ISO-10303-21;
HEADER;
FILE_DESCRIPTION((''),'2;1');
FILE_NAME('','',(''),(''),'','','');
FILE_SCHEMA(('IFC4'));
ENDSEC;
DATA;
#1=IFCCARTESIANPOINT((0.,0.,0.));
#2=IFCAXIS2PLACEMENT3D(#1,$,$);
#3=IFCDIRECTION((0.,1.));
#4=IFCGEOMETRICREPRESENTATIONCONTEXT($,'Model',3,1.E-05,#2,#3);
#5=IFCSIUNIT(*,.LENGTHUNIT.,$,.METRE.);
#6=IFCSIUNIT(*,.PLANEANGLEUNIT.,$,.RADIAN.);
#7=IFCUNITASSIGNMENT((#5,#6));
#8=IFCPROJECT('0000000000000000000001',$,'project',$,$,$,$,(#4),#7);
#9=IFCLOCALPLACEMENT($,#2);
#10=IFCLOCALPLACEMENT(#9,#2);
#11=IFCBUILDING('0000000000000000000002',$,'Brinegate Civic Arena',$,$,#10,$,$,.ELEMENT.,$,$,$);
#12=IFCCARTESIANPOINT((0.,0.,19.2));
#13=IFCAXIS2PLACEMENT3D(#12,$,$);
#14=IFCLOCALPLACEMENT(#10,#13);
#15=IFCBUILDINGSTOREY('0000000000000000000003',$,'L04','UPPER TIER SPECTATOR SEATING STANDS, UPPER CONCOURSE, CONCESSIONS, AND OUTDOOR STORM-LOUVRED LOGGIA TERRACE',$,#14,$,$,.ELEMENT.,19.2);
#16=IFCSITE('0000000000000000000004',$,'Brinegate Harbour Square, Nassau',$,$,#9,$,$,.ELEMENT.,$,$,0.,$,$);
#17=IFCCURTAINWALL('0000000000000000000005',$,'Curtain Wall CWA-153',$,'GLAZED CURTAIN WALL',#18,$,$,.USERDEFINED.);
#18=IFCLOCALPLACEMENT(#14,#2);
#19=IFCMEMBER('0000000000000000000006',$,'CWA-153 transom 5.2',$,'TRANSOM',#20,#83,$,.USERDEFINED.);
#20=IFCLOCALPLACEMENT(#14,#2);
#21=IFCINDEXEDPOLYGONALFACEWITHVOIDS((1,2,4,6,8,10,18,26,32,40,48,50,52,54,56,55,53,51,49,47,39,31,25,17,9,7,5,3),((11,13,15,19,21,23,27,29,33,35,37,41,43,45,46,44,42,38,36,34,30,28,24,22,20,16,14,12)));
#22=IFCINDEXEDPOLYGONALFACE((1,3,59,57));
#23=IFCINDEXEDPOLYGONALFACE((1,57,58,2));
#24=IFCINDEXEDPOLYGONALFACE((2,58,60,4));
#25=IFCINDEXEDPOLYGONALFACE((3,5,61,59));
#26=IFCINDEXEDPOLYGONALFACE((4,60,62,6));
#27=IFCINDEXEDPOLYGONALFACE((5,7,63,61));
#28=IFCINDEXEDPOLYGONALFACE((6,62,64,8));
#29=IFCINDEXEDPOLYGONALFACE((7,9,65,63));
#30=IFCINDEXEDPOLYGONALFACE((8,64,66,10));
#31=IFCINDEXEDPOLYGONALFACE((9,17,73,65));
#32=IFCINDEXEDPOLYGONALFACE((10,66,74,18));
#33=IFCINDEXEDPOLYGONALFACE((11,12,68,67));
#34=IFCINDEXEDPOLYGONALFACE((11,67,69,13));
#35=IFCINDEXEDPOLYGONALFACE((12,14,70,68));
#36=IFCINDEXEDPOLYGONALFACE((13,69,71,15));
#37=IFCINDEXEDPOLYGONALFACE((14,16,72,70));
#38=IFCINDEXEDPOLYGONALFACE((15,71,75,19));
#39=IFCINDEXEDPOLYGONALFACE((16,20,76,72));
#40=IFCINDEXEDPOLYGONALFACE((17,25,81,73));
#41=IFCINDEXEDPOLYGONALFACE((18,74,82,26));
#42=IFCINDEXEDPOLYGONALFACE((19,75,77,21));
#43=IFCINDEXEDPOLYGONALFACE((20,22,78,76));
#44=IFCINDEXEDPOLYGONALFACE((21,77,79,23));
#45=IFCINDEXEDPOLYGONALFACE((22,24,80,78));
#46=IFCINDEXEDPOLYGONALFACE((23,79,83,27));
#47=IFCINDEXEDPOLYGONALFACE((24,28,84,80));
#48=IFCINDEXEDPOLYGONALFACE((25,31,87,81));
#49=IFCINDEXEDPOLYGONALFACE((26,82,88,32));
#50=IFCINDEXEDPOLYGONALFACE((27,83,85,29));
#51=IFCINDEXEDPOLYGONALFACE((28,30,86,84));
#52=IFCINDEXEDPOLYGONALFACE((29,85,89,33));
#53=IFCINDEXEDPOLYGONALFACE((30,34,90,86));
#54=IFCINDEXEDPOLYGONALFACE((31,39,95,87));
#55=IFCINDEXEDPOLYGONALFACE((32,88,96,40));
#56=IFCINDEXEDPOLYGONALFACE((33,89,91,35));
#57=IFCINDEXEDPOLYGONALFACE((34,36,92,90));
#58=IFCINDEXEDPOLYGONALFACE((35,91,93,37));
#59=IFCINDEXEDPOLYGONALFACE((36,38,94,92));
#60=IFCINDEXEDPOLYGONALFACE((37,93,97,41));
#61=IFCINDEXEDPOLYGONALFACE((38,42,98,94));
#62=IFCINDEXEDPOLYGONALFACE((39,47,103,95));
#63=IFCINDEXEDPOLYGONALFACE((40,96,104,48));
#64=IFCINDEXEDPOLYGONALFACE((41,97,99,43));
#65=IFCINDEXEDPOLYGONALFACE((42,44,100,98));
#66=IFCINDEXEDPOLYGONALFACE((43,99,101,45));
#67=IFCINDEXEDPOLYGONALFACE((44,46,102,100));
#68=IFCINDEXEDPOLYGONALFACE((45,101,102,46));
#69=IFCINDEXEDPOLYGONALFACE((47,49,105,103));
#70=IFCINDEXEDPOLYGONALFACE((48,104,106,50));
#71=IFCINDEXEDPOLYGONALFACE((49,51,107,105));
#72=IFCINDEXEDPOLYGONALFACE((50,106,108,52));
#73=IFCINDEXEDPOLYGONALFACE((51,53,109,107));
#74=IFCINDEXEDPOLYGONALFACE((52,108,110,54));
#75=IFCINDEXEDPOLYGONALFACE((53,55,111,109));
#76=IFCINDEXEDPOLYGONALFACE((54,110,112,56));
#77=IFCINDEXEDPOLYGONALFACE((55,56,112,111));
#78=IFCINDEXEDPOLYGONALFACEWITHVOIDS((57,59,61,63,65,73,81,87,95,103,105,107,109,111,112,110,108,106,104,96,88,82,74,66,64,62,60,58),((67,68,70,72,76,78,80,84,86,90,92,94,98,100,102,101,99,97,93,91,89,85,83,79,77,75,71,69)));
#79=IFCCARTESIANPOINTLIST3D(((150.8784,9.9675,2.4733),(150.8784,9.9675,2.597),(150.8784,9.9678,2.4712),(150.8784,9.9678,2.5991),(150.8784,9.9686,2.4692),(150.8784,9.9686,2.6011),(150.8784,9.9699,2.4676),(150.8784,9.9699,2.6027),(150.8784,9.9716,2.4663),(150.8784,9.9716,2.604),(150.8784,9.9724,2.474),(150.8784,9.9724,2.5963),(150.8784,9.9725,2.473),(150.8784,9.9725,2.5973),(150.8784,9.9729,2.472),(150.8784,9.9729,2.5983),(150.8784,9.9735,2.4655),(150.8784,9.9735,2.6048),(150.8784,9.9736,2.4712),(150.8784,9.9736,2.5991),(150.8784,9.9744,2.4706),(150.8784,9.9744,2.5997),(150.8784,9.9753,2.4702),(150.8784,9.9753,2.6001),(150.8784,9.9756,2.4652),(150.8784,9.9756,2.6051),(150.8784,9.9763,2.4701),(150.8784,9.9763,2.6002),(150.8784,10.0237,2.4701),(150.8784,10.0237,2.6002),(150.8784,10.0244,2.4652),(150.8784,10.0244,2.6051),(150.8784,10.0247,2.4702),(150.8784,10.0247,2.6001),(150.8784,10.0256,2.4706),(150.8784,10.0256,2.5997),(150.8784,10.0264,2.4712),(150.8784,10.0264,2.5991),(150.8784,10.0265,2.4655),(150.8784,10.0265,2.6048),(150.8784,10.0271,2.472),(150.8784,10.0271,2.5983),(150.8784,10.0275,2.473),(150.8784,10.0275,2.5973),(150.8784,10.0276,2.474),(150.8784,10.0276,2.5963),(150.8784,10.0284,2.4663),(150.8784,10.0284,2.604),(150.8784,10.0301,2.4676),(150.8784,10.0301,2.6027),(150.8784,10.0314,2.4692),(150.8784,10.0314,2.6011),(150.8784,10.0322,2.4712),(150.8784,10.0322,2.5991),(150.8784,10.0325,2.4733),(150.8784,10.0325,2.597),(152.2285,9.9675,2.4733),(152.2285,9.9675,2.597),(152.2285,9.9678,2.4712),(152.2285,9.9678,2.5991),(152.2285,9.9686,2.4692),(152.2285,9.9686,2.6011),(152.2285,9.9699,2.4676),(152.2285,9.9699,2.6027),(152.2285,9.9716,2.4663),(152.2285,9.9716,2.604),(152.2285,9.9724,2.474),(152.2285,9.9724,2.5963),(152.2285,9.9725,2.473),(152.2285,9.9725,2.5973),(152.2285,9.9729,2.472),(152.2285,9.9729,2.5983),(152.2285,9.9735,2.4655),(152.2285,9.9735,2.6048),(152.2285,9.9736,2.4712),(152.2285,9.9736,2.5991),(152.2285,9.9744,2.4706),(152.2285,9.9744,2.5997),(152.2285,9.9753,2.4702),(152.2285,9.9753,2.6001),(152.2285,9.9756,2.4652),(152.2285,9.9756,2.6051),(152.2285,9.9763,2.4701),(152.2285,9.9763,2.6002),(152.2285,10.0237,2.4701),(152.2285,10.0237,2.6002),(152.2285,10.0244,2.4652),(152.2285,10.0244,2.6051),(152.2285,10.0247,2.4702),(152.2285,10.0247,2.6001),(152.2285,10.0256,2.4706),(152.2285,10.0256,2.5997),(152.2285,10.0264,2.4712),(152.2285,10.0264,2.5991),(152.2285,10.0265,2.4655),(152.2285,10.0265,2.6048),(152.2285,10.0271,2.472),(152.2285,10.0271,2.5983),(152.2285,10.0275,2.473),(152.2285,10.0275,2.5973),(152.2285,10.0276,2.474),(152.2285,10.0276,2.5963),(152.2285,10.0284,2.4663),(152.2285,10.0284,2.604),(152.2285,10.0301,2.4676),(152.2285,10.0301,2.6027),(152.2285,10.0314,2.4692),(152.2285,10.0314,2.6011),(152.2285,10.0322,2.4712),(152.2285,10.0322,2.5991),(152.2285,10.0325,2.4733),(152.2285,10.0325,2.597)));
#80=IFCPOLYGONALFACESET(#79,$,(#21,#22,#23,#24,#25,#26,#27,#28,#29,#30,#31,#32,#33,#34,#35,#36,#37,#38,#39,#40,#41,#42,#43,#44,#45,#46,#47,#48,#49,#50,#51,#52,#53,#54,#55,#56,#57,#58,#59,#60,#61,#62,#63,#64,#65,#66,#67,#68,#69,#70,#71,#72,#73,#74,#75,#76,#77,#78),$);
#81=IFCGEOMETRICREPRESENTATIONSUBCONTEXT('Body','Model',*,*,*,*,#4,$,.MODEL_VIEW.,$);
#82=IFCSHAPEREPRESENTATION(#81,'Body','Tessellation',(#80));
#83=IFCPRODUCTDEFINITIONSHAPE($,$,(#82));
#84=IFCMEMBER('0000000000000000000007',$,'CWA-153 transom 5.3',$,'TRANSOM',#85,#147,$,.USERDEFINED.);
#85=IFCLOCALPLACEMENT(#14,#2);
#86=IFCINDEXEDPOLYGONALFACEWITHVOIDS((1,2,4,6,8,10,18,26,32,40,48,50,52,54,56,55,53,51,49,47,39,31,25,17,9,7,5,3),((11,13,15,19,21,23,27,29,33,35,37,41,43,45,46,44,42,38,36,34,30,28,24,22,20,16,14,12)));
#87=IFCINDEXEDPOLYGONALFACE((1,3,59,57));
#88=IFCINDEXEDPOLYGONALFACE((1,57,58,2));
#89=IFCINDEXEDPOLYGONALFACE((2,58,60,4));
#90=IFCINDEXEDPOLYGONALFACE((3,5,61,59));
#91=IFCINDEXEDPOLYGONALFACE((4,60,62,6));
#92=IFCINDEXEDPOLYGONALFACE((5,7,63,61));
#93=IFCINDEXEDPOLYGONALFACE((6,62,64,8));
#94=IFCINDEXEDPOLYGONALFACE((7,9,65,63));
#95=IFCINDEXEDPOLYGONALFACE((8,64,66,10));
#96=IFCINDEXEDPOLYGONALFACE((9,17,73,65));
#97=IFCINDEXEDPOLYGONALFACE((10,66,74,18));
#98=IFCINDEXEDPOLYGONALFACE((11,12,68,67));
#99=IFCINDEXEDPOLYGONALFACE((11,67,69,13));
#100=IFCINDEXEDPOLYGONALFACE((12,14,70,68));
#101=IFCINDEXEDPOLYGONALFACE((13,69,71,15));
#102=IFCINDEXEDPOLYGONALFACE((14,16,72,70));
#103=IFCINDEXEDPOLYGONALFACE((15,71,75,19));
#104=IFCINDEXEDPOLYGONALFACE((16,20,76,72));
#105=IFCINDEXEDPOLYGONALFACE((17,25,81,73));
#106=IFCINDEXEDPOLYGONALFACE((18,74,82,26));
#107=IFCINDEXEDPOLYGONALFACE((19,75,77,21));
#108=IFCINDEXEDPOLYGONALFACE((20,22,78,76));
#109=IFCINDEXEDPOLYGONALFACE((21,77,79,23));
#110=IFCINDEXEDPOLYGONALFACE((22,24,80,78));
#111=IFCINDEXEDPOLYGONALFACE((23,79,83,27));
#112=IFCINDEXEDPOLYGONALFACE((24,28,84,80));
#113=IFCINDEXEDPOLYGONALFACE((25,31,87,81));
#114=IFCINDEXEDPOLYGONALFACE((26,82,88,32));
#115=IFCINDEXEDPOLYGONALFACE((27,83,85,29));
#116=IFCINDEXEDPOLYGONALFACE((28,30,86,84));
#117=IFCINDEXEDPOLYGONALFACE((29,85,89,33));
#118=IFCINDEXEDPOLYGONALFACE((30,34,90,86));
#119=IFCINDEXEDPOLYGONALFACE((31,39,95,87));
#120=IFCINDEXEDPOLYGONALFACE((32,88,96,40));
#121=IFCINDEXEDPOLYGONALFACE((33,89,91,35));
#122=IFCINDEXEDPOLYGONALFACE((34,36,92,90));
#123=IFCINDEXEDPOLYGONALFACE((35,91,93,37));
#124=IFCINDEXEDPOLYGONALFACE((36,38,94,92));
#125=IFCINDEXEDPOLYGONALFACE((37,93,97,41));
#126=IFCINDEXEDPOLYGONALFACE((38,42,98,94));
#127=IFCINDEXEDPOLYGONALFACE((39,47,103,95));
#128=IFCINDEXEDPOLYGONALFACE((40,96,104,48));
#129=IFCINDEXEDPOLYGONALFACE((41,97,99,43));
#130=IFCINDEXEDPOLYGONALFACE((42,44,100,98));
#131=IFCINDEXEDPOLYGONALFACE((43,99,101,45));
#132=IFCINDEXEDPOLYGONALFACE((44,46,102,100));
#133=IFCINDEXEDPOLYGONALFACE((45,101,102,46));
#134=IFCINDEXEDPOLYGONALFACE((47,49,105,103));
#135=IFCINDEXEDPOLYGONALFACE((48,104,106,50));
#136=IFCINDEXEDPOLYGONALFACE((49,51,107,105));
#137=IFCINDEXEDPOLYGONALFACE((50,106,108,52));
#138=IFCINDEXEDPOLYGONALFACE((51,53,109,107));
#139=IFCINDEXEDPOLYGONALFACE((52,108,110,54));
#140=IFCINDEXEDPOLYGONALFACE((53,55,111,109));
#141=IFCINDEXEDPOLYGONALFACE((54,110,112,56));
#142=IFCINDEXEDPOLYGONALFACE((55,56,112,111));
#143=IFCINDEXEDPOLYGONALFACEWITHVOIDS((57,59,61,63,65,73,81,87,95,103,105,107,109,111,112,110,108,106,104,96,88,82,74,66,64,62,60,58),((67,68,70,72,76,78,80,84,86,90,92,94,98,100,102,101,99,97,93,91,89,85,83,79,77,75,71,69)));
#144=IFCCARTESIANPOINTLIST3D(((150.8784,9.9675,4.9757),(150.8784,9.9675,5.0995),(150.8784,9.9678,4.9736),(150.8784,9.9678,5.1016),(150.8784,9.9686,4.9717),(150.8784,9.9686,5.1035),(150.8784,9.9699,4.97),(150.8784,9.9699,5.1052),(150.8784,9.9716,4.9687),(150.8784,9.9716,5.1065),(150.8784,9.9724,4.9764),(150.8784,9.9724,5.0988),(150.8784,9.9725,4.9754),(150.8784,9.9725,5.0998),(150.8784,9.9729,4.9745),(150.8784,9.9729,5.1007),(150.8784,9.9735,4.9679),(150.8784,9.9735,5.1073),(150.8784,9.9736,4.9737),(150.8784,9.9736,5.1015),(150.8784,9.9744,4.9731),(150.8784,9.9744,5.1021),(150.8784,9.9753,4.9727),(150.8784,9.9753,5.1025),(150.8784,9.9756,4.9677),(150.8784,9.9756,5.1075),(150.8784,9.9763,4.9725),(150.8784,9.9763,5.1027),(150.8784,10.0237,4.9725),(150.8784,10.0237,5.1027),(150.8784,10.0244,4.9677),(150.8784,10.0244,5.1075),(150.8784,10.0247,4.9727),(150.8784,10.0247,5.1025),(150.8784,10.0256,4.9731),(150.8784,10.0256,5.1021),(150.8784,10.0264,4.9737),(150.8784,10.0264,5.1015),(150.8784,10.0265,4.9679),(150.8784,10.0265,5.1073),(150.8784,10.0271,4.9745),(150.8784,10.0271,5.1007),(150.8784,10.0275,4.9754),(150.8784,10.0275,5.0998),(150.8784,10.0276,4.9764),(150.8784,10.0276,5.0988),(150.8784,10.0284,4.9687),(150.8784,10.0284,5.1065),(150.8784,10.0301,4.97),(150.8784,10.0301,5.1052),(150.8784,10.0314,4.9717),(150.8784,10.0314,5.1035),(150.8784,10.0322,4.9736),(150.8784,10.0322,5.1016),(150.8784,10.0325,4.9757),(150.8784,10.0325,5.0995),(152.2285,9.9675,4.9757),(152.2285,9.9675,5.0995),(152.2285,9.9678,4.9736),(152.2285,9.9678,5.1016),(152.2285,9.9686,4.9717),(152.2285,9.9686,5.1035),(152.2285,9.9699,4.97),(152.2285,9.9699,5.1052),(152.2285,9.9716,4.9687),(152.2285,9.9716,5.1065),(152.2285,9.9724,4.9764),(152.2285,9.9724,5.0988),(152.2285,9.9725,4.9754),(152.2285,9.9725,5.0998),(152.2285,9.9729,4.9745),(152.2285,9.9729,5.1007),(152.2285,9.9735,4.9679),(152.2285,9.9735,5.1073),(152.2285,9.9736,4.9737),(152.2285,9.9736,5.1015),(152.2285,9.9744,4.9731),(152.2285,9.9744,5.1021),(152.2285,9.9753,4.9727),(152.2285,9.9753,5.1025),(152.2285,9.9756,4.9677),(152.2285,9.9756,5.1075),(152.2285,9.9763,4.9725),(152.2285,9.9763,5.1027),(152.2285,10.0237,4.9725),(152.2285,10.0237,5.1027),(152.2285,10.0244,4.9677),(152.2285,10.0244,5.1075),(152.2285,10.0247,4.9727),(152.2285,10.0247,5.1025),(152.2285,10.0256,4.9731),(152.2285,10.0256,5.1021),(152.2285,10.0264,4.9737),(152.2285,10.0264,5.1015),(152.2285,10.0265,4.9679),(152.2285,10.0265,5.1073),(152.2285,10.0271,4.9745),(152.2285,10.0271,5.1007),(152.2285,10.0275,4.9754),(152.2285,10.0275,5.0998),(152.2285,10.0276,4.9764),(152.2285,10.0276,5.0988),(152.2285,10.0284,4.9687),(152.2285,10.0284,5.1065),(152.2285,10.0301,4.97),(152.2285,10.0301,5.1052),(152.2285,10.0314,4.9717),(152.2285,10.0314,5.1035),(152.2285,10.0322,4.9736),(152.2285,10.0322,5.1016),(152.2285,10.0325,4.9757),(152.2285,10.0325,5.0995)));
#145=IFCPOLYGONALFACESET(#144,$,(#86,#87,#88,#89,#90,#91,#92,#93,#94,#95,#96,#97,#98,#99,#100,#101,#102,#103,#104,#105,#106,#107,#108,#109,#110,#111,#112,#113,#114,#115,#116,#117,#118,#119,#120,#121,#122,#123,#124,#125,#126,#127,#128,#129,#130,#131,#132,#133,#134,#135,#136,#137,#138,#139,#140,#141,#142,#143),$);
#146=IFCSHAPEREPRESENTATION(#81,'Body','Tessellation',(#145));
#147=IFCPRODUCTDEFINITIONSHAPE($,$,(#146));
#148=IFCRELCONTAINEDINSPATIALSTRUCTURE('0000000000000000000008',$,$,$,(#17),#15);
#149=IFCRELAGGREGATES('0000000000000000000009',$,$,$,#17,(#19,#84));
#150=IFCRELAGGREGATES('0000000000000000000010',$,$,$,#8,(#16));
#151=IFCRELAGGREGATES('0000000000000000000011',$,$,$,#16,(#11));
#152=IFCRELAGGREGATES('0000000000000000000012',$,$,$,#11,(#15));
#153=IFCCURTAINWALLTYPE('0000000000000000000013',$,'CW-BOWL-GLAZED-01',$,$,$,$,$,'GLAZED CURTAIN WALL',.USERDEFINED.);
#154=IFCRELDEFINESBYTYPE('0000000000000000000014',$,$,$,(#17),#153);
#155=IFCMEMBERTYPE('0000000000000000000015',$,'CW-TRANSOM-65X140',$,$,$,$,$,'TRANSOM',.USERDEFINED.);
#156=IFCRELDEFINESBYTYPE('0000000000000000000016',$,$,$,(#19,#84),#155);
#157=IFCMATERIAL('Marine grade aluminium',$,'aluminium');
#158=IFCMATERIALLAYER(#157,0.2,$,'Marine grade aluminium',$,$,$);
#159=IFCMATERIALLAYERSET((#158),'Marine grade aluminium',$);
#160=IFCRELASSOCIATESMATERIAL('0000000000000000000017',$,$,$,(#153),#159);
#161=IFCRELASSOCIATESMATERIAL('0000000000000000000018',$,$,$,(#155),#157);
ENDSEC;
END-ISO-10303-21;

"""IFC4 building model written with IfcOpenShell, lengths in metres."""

from ifc_helpers import new_model, si_unit, direction, frame, origin, origin_2d, place, context, subcontext, project, spatial, hollow_rectangle, extrude, material, layer, layer_set, material_profile, profile_set, type_object, element, aggregate, save


model = new_model("IFC4")

# Units and contexts
model_context = context("Model", 3, precision=1e-05, world=origin(), true_north=direction((0.0, 1.0)))
body_context = subcontext(model_context, "Body", "Model", "MODEL_VIEW")
ifc_project = project(units=[si_unit("LENGTHUNIT", "METRE"), si_unit("PLANEANGLEUNIT", "RADIAN")], contexts=[model_context])

# Site, building, storey
site_placement = place(None, origin())
site = spatial("IfcSite", under=ifc_project, at=site_placement, Name="Brinegate Harbour Square, Nassau", CompositionType="ELEMENT", RefElevation=0.0)
building_placement = place(site_placement, origin())
building = spatial("IfcBuilding", under=site, at=building_placement, Name="Brinegate Civic Arena", CompositionType="ELEMENT")
storey_placement = place(building_placement, frame((0.0, 0.0, 19.2)))
storey = spatial("IfcBuildingStorey", under=building, at=storey_placement, Name="L04", Description="UPPER TIER SPECTATOR SEATING STANDS, UPPER CONCOURSE, CONCESSIONS, AND OUTDOOR STORM-LOUVRED LOGGIA TERRACE", CompositionType="ELEMENT", Elevation=19.2)

# Curtain wall, members
ifc_material_1 = material(Name="Marine grade aluminium", Category="aluminium")
ifc_layer_1 = layer(ifc_material_1, 0.2, Name="Marine grade aluminium")
ifc_layer_set_1 = layer_set([ifc_layer_1], Name="Marine grade aluminium")
curtain_wall_type = type_object("IfcCurtainWallType", Name="CW-BOWL-GLAZED-01", ElementType="GLAZED CURTAIN WALL", PredefinedType="USERDEFINED", material=ifc_layer_set_1)
curtain_wall_placement = place(storey_placement, origin())
curtain_wall = element("IfcCurtainWall", 1, at=curtain_wall_placement, inside=storey, type_object=curtain_wall_type, Name="Curtain Wall CWA-153", ObjectType="GLAZED CURTAIN WALL", PredefinedType="USERDEFINED")
ifc_material_profile_1 = material_profile(ifc_material_1, hollow_rectangle(XDim=0.0649, YDim=0.1399, WallThickness=0.0049, InnerFilletRadius=0.0039, OuterFilletRadius=0.0081, at=origin_2d()), Name="TRN65X140")
ifc_profile_set_1 = profile_set([ifc_material_profile_1], Name="Marine grade aluminium")
member_type_1 = type_object("IfcMemberType", Name="CW-TRANSOM-65X140", ElementType="TRANSOM", PredefinedType="USERDEFINED", material=ifc_profile_set_1)
member_1_placement = place(storey_placement, frame((150.8784, 10.0, 2.5352), z_axis=(1.0, 0.0, 0.0), x_axis=(0.0, 1.0, 0.0)))
member_1 = element("IfcMember", 2, at=member_1_placement, type_object=member_type_1, Name="CWA-153 transom 5.2", ObjectType="TRANSOM", PredefinedType="USERDEFINED", context=body_context, shape_type="SweptSolid", body=[
    extrude(hollow_rectangle(XDim=0.0649, YDim=0.1399, WallThickness=0.0049, InnerFilletRadius=0.0039, OuterFilletRadius=0.0081, at=origin_2d()), origin(), (0.0, 0.0, 1.0), 1.3501),
])
member_2_placement = place(storey_placement, frame((150.8784, 10.0, 5.0376), z_axis=(1.0, 0.0, 0.0), x_axis=(0.0, 1.0, 0.0)))
member_2 = element("IfcMember", 3, at=member_2_placement, type_object=member_type_1, Name="CWA-153 transom 5.3", ObjectType="TRANSOM", PredefinedType="USERDEFINED", context=body_context, shape_type="SweptSolid", body=[
    extrude(hollow_rectangle(XDim=0.0649, YDim=0.1399, WallThickness=0.0049, InnerFilletRadius=0.0039, OuterFilletRadius=0.0081, at=origin_2d()), origin(), (0.0, 0.0, 1.0), 1.3501),
])
aggregate(curtain_wall, [member_1, member_2])

save(model, "model.ifc")
